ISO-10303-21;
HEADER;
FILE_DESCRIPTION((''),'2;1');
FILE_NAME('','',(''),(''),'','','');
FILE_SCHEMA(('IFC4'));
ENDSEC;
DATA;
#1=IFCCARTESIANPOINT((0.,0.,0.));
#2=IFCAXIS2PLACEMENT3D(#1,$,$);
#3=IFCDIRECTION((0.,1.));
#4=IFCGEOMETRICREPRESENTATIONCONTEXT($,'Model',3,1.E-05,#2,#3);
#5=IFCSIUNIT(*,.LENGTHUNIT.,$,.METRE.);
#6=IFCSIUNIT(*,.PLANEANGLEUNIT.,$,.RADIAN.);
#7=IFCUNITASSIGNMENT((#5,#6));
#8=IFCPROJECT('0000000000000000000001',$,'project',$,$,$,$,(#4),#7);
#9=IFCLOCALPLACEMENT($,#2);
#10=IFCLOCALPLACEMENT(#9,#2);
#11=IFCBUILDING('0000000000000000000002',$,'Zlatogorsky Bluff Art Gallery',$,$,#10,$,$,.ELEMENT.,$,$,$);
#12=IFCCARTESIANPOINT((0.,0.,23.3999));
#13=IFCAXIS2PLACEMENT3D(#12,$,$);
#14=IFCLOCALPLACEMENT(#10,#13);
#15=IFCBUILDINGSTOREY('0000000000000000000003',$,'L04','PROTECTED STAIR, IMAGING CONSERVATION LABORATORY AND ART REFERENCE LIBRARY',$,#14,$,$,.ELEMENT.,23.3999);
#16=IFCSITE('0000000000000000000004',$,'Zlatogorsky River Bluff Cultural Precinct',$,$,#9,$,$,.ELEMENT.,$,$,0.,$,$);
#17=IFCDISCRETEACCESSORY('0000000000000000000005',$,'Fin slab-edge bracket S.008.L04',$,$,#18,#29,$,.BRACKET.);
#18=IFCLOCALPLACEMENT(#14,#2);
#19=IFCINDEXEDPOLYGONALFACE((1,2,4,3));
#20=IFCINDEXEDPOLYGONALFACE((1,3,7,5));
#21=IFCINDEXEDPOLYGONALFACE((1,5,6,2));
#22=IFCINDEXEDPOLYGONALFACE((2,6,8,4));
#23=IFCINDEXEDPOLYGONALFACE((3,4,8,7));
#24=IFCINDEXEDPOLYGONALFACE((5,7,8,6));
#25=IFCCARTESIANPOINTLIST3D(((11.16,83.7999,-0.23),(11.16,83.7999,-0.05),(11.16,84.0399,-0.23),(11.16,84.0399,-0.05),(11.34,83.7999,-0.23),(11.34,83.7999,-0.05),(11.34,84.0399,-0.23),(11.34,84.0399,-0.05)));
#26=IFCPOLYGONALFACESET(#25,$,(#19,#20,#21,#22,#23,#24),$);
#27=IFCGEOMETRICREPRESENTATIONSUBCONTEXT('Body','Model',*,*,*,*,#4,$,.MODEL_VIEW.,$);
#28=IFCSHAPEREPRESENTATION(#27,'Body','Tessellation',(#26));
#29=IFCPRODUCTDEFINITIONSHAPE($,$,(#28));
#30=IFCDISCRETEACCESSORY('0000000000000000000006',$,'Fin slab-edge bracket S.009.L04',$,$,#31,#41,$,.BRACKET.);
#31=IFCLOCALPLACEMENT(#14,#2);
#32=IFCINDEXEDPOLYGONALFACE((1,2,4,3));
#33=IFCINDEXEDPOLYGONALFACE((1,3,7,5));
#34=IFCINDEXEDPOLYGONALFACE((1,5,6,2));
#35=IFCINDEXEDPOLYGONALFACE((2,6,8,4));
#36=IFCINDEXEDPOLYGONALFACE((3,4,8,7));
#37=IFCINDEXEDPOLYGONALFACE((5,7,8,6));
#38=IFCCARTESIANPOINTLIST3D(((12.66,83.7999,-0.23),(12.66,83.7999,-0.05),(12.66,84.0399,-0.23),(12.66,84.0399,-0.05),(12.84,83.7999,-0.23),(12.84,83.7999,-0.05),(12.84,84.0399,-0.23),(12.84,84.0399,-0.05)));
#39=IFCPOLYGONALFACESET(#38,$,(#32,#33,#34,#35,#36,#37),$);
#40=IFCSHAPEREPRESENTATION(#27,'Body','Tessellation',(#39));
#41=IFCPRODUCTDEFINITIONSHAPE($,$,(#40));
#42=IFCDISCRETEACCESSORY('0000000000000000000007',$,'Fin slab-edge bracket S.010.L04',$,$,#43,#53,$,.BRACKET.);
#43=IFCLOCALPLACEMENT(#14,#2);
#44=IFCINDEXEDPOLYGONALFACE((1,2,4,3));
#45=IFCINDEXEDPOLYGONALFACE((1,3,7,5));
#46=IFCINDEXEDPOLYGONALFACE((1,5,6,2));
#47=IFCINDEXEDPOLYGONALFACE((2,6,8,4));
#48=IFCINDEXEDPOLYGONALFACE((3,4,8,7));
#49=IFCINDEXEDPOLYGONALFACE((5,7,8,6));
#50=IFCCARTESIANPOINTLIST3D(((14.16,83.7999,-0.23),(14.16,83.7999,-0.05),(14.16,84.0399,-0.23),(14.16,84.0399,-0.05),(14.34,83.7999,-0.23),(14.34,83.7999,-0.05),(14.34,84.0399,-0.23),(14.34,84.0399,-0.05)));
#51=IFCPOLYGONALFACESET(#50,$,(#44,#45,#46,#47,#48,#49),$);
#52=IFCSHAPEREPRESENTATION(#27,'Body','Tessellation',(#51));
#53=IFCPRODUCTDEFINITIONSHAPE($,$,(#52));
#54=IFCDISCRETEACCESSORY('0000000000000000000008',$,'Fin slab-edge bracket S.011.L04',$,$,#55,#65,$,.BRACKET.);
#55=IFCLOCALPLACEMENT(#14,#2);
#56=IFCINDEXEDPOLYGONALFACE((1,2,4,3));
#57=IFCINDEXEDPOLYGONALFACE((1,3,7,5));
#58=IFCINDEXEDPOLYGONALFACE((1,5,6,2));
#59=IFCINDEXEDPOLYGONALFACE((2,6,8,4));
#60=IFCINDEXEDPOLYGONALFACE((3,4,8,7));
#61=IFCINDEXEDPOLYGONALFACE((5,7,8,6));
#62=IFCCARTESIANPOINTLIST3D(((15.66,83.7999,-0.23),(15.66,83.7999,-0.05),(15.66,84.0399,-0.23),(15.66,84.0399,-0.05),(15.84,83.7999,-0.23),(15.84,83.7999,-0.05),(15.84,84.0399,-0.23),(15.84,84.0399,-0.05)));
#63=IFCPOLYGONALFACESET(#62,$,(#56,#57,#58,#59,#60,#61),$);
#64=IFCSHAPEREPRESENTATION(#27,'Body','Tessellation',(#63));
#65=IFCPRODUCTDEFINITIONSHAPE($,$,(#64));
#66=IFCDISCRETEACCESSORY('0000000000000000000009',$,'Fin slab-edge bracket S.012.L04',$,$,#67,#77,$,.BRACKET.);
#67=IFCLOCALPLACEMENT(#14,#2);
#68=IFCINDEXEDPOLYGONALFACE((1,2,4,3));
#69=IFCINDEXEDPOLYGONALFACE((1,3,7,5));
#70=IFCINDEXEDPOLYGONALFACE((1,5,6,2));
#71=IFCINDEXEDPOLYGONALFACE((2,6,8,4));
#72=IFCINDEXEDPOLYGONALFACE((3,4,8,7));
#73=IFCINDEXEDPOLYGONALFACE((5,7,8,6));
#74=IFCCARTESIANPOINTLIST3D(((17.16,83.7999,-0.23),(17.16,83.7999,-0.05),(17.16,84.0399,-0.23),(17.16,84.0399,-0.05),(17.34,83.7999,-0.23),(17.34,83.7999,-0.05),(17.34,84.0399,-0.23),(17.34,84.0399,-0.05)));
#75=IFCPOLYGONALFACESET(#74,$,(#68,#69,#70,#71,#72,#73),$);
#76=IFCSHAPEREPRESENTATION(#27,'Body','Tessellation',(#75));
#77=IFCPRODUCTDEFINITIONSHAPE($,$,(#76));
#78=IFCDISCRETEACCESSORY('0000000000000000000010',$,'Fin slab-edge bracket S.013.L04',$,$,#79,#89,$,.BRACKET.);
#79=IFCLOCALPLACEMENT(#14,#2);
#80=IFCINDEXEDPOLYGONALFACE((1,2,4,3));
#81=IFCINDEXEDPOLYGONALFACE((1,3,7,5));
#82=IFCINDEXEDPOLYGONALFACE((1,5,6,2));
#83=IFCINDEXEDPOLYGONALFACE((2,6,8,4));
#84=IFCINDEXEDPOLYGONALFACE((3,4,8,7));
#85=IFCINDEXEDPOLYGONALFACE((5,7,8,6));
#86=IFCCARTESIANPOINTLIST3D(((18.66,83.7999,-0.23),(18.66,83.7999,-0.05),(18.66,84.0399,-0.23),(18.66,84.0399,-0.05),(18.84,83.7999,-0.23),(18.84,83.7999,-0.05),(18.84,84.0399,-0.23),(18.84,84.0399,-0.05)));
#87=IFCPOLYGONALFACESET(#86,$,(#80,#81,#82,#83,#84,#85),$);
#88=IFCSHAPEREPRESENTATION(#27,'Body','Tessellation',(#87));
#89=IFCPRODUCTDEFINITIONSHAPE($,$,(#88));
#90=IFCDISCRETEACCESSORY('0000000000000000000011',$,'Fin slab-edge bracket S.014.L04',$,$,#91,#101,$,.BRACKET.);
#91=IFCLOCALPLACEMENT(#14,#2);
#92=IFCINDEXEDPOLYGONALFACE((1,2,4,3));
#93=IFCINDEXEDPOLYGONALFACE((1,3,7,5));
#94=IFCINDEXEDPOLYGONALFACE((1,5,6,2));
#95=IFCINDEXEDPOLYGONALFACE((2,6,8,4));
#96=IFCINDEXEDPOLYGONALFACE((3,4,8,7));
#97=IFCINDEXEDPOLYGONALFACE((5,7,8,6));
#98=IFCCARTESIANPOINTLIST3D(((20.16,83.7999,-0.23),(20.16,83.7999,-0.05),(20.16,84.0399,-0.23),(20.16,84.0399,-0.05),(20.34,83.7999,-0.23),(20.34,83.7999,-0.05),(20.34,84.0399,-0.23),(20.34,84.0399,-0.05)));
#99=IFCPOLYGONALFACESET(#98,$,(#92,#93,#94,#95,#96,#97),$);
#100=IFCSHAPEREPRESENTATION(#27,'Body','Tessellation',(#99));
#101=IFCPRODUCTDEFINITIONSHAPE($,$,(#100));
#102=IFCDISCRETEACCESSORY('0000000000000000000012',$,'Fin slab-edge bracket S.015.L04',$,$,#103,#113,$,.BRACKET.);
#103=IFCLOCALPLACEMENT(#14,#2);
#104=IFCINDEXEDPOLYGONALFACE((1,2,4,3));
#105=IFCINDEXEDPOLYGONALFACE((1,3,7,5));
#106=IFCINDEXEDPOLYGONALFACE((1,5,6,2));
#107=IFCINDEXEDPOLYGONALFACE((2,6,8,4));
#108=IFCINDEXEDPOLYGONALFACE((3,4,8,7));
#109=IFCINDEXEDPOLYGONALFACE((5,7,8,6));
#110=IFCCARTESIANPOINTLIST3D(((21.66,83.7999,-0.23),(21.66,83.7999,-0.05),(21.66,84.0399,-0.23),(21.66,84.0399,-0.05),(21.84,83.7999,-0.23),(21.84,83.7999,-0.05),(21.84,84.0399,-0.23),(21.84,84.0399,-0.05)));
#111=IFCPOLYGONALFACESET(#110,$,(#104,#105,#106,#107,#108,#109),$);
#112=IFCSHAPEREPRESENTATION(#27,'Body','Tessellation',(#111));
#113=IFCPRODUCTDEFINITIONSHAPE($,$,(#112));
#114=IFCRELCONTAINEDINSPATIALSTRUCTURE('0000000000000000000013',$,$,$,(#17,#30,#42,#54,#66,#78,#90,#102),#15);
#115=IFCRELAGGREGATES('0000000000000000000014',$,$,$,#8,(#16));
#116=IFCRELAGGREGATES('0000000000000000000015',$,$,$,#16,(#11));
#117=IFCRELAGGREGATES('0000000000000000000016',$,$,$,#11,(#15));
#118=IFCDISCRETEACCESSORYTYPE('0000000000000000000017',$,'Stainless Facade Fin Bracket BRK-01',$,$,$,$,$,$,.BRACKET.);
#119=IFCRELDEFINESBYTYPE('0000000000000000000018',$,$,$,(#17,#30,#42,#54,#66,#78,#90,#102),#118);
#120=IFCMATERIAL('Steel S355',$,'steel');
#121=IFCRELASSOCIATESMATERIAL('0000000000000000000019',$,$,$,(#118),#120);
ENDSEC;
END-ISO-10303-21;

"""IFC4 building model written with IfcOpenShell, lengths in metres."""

from ifc_helpers import new_model, si_unit, direction, frame, origin, origin_2d, place, context, subcontext, project, spatial, rectangle, extrude, material, type_object, element, save


model = new_model("IFC4")

# Units and contexts
model_context = context("Model", 3, precision=1e-05, world=origin(), true_north=direction((0.0, 1.0)))
body_context = subcontext(model_context, "Body", "Model", "MODEL_VIEW")
ifc_project = project(units=[si_unit("LENGTHUNIT", "METRE"), si_unit("PLANEANGLEUNIT", "RADIAN")], contexts=[model_context])

# Site, building, storey
site_placement = place(None, origin())
site = spatial("IfcSite", under=ifc_project, at=site_placement, Name="Zlatogorsky River Bluff Cultural Precinct", CompositionType="ELEMENT", RefElevation=0.0)
building_placement = place(site_placement, origin())
building = spatial("IfcBuilding", under=site, at=building_placement, Name="Zlatogorsky Bluff Art Gallery", CompositionType="ELEMENT")
storey_placement = place(building_placement, frame((0.0, 0.0, 23.3999)))
storey = spatial("IfcBuildingStorey", under=building, at=storey_placement, Name="L04", Description="PROTECTED STAIR, IMAGING CONSERVATION LABORATORY AND ART REFERENCE LIBRARY", CompositionType="ELEMENT", Elevation=23.3999)

# Discrete accessories
ifc_material_1 = material(Name="Steel S355", Category="steel")
discrete_accessory_type = type_object("IfcDiscreteAccessoryType", Name="Stainless Facade Fin Bracket BRK-01", PredefinedType="BRACKET", material=ifc_material_1)
for number, where, z_axis, x_axis, name in (
    (1, (11.25, 83.9199, -0.23), (0.0, 0.0, 1.0), (1.0, 0.0, 0.0), "Fin slab-edge bracket S.008.L04"),
    (2, (12.75, 83.9199, -0.23), (0.0, 0.0, 1.0), (1.0, 0.0, 0.0), "Fin slab-edge bracket S.009.L04"),
    (3, (14.25, 83.9199, -0.23), (0.0, 0.0, 1.0), (1.0, 0.0, 0.0), "Fin slab-edge bracket S.010.L04"),
    (4, (15.75, 83.9199, -0.23), (0.0, 0.0, 1.0), (1.0, 0.0, 0.0), "Fin slab-edge bracket S.011.L04"),
    (5, (17.25, 83.9199, -0.23), (0.0, 0.0, 1.0), (1.0, 0.0, 0.0), "Fin slab-edge bracket S.012.L04"),
    (6, (18.75, 83.9199, -0.23), (0.0, 0.0, 1.0), (1.0, 0.0, 0.0), "Fin slab-edge bracket S.013.L04"),
    (7, (20.25, 83.9199, -0.23), (0.0, 0.0, 1.0), (1.0, 0.0, 0.0), "Fin slab-edge bracket S.014.L04"),
    (8, (21.75, 83.9199, -0.23), (0.0, 0.0, 1.0), (1.0, 0.0, 0.0), "Fin slab-edge bracket S.015.L04"),
):
    element("IfcDiscreteAccessory", number, at=place(storey_placement, frame(where, z_axis=z_axis, x_axis=x_axis)), inside=storey, type_object=discrete_accessory_type, Name=name, PredefinedType="BRACKET", context=body_context, shape_type="SweptSolid", body=[
        extrude(rectangle(XDim=0.1799, YDim=0.24, at=origin_2d()), origin(), (0.0, 0.0, 1.0), 0.1799),
    ])

save(model, "model.ifc")
